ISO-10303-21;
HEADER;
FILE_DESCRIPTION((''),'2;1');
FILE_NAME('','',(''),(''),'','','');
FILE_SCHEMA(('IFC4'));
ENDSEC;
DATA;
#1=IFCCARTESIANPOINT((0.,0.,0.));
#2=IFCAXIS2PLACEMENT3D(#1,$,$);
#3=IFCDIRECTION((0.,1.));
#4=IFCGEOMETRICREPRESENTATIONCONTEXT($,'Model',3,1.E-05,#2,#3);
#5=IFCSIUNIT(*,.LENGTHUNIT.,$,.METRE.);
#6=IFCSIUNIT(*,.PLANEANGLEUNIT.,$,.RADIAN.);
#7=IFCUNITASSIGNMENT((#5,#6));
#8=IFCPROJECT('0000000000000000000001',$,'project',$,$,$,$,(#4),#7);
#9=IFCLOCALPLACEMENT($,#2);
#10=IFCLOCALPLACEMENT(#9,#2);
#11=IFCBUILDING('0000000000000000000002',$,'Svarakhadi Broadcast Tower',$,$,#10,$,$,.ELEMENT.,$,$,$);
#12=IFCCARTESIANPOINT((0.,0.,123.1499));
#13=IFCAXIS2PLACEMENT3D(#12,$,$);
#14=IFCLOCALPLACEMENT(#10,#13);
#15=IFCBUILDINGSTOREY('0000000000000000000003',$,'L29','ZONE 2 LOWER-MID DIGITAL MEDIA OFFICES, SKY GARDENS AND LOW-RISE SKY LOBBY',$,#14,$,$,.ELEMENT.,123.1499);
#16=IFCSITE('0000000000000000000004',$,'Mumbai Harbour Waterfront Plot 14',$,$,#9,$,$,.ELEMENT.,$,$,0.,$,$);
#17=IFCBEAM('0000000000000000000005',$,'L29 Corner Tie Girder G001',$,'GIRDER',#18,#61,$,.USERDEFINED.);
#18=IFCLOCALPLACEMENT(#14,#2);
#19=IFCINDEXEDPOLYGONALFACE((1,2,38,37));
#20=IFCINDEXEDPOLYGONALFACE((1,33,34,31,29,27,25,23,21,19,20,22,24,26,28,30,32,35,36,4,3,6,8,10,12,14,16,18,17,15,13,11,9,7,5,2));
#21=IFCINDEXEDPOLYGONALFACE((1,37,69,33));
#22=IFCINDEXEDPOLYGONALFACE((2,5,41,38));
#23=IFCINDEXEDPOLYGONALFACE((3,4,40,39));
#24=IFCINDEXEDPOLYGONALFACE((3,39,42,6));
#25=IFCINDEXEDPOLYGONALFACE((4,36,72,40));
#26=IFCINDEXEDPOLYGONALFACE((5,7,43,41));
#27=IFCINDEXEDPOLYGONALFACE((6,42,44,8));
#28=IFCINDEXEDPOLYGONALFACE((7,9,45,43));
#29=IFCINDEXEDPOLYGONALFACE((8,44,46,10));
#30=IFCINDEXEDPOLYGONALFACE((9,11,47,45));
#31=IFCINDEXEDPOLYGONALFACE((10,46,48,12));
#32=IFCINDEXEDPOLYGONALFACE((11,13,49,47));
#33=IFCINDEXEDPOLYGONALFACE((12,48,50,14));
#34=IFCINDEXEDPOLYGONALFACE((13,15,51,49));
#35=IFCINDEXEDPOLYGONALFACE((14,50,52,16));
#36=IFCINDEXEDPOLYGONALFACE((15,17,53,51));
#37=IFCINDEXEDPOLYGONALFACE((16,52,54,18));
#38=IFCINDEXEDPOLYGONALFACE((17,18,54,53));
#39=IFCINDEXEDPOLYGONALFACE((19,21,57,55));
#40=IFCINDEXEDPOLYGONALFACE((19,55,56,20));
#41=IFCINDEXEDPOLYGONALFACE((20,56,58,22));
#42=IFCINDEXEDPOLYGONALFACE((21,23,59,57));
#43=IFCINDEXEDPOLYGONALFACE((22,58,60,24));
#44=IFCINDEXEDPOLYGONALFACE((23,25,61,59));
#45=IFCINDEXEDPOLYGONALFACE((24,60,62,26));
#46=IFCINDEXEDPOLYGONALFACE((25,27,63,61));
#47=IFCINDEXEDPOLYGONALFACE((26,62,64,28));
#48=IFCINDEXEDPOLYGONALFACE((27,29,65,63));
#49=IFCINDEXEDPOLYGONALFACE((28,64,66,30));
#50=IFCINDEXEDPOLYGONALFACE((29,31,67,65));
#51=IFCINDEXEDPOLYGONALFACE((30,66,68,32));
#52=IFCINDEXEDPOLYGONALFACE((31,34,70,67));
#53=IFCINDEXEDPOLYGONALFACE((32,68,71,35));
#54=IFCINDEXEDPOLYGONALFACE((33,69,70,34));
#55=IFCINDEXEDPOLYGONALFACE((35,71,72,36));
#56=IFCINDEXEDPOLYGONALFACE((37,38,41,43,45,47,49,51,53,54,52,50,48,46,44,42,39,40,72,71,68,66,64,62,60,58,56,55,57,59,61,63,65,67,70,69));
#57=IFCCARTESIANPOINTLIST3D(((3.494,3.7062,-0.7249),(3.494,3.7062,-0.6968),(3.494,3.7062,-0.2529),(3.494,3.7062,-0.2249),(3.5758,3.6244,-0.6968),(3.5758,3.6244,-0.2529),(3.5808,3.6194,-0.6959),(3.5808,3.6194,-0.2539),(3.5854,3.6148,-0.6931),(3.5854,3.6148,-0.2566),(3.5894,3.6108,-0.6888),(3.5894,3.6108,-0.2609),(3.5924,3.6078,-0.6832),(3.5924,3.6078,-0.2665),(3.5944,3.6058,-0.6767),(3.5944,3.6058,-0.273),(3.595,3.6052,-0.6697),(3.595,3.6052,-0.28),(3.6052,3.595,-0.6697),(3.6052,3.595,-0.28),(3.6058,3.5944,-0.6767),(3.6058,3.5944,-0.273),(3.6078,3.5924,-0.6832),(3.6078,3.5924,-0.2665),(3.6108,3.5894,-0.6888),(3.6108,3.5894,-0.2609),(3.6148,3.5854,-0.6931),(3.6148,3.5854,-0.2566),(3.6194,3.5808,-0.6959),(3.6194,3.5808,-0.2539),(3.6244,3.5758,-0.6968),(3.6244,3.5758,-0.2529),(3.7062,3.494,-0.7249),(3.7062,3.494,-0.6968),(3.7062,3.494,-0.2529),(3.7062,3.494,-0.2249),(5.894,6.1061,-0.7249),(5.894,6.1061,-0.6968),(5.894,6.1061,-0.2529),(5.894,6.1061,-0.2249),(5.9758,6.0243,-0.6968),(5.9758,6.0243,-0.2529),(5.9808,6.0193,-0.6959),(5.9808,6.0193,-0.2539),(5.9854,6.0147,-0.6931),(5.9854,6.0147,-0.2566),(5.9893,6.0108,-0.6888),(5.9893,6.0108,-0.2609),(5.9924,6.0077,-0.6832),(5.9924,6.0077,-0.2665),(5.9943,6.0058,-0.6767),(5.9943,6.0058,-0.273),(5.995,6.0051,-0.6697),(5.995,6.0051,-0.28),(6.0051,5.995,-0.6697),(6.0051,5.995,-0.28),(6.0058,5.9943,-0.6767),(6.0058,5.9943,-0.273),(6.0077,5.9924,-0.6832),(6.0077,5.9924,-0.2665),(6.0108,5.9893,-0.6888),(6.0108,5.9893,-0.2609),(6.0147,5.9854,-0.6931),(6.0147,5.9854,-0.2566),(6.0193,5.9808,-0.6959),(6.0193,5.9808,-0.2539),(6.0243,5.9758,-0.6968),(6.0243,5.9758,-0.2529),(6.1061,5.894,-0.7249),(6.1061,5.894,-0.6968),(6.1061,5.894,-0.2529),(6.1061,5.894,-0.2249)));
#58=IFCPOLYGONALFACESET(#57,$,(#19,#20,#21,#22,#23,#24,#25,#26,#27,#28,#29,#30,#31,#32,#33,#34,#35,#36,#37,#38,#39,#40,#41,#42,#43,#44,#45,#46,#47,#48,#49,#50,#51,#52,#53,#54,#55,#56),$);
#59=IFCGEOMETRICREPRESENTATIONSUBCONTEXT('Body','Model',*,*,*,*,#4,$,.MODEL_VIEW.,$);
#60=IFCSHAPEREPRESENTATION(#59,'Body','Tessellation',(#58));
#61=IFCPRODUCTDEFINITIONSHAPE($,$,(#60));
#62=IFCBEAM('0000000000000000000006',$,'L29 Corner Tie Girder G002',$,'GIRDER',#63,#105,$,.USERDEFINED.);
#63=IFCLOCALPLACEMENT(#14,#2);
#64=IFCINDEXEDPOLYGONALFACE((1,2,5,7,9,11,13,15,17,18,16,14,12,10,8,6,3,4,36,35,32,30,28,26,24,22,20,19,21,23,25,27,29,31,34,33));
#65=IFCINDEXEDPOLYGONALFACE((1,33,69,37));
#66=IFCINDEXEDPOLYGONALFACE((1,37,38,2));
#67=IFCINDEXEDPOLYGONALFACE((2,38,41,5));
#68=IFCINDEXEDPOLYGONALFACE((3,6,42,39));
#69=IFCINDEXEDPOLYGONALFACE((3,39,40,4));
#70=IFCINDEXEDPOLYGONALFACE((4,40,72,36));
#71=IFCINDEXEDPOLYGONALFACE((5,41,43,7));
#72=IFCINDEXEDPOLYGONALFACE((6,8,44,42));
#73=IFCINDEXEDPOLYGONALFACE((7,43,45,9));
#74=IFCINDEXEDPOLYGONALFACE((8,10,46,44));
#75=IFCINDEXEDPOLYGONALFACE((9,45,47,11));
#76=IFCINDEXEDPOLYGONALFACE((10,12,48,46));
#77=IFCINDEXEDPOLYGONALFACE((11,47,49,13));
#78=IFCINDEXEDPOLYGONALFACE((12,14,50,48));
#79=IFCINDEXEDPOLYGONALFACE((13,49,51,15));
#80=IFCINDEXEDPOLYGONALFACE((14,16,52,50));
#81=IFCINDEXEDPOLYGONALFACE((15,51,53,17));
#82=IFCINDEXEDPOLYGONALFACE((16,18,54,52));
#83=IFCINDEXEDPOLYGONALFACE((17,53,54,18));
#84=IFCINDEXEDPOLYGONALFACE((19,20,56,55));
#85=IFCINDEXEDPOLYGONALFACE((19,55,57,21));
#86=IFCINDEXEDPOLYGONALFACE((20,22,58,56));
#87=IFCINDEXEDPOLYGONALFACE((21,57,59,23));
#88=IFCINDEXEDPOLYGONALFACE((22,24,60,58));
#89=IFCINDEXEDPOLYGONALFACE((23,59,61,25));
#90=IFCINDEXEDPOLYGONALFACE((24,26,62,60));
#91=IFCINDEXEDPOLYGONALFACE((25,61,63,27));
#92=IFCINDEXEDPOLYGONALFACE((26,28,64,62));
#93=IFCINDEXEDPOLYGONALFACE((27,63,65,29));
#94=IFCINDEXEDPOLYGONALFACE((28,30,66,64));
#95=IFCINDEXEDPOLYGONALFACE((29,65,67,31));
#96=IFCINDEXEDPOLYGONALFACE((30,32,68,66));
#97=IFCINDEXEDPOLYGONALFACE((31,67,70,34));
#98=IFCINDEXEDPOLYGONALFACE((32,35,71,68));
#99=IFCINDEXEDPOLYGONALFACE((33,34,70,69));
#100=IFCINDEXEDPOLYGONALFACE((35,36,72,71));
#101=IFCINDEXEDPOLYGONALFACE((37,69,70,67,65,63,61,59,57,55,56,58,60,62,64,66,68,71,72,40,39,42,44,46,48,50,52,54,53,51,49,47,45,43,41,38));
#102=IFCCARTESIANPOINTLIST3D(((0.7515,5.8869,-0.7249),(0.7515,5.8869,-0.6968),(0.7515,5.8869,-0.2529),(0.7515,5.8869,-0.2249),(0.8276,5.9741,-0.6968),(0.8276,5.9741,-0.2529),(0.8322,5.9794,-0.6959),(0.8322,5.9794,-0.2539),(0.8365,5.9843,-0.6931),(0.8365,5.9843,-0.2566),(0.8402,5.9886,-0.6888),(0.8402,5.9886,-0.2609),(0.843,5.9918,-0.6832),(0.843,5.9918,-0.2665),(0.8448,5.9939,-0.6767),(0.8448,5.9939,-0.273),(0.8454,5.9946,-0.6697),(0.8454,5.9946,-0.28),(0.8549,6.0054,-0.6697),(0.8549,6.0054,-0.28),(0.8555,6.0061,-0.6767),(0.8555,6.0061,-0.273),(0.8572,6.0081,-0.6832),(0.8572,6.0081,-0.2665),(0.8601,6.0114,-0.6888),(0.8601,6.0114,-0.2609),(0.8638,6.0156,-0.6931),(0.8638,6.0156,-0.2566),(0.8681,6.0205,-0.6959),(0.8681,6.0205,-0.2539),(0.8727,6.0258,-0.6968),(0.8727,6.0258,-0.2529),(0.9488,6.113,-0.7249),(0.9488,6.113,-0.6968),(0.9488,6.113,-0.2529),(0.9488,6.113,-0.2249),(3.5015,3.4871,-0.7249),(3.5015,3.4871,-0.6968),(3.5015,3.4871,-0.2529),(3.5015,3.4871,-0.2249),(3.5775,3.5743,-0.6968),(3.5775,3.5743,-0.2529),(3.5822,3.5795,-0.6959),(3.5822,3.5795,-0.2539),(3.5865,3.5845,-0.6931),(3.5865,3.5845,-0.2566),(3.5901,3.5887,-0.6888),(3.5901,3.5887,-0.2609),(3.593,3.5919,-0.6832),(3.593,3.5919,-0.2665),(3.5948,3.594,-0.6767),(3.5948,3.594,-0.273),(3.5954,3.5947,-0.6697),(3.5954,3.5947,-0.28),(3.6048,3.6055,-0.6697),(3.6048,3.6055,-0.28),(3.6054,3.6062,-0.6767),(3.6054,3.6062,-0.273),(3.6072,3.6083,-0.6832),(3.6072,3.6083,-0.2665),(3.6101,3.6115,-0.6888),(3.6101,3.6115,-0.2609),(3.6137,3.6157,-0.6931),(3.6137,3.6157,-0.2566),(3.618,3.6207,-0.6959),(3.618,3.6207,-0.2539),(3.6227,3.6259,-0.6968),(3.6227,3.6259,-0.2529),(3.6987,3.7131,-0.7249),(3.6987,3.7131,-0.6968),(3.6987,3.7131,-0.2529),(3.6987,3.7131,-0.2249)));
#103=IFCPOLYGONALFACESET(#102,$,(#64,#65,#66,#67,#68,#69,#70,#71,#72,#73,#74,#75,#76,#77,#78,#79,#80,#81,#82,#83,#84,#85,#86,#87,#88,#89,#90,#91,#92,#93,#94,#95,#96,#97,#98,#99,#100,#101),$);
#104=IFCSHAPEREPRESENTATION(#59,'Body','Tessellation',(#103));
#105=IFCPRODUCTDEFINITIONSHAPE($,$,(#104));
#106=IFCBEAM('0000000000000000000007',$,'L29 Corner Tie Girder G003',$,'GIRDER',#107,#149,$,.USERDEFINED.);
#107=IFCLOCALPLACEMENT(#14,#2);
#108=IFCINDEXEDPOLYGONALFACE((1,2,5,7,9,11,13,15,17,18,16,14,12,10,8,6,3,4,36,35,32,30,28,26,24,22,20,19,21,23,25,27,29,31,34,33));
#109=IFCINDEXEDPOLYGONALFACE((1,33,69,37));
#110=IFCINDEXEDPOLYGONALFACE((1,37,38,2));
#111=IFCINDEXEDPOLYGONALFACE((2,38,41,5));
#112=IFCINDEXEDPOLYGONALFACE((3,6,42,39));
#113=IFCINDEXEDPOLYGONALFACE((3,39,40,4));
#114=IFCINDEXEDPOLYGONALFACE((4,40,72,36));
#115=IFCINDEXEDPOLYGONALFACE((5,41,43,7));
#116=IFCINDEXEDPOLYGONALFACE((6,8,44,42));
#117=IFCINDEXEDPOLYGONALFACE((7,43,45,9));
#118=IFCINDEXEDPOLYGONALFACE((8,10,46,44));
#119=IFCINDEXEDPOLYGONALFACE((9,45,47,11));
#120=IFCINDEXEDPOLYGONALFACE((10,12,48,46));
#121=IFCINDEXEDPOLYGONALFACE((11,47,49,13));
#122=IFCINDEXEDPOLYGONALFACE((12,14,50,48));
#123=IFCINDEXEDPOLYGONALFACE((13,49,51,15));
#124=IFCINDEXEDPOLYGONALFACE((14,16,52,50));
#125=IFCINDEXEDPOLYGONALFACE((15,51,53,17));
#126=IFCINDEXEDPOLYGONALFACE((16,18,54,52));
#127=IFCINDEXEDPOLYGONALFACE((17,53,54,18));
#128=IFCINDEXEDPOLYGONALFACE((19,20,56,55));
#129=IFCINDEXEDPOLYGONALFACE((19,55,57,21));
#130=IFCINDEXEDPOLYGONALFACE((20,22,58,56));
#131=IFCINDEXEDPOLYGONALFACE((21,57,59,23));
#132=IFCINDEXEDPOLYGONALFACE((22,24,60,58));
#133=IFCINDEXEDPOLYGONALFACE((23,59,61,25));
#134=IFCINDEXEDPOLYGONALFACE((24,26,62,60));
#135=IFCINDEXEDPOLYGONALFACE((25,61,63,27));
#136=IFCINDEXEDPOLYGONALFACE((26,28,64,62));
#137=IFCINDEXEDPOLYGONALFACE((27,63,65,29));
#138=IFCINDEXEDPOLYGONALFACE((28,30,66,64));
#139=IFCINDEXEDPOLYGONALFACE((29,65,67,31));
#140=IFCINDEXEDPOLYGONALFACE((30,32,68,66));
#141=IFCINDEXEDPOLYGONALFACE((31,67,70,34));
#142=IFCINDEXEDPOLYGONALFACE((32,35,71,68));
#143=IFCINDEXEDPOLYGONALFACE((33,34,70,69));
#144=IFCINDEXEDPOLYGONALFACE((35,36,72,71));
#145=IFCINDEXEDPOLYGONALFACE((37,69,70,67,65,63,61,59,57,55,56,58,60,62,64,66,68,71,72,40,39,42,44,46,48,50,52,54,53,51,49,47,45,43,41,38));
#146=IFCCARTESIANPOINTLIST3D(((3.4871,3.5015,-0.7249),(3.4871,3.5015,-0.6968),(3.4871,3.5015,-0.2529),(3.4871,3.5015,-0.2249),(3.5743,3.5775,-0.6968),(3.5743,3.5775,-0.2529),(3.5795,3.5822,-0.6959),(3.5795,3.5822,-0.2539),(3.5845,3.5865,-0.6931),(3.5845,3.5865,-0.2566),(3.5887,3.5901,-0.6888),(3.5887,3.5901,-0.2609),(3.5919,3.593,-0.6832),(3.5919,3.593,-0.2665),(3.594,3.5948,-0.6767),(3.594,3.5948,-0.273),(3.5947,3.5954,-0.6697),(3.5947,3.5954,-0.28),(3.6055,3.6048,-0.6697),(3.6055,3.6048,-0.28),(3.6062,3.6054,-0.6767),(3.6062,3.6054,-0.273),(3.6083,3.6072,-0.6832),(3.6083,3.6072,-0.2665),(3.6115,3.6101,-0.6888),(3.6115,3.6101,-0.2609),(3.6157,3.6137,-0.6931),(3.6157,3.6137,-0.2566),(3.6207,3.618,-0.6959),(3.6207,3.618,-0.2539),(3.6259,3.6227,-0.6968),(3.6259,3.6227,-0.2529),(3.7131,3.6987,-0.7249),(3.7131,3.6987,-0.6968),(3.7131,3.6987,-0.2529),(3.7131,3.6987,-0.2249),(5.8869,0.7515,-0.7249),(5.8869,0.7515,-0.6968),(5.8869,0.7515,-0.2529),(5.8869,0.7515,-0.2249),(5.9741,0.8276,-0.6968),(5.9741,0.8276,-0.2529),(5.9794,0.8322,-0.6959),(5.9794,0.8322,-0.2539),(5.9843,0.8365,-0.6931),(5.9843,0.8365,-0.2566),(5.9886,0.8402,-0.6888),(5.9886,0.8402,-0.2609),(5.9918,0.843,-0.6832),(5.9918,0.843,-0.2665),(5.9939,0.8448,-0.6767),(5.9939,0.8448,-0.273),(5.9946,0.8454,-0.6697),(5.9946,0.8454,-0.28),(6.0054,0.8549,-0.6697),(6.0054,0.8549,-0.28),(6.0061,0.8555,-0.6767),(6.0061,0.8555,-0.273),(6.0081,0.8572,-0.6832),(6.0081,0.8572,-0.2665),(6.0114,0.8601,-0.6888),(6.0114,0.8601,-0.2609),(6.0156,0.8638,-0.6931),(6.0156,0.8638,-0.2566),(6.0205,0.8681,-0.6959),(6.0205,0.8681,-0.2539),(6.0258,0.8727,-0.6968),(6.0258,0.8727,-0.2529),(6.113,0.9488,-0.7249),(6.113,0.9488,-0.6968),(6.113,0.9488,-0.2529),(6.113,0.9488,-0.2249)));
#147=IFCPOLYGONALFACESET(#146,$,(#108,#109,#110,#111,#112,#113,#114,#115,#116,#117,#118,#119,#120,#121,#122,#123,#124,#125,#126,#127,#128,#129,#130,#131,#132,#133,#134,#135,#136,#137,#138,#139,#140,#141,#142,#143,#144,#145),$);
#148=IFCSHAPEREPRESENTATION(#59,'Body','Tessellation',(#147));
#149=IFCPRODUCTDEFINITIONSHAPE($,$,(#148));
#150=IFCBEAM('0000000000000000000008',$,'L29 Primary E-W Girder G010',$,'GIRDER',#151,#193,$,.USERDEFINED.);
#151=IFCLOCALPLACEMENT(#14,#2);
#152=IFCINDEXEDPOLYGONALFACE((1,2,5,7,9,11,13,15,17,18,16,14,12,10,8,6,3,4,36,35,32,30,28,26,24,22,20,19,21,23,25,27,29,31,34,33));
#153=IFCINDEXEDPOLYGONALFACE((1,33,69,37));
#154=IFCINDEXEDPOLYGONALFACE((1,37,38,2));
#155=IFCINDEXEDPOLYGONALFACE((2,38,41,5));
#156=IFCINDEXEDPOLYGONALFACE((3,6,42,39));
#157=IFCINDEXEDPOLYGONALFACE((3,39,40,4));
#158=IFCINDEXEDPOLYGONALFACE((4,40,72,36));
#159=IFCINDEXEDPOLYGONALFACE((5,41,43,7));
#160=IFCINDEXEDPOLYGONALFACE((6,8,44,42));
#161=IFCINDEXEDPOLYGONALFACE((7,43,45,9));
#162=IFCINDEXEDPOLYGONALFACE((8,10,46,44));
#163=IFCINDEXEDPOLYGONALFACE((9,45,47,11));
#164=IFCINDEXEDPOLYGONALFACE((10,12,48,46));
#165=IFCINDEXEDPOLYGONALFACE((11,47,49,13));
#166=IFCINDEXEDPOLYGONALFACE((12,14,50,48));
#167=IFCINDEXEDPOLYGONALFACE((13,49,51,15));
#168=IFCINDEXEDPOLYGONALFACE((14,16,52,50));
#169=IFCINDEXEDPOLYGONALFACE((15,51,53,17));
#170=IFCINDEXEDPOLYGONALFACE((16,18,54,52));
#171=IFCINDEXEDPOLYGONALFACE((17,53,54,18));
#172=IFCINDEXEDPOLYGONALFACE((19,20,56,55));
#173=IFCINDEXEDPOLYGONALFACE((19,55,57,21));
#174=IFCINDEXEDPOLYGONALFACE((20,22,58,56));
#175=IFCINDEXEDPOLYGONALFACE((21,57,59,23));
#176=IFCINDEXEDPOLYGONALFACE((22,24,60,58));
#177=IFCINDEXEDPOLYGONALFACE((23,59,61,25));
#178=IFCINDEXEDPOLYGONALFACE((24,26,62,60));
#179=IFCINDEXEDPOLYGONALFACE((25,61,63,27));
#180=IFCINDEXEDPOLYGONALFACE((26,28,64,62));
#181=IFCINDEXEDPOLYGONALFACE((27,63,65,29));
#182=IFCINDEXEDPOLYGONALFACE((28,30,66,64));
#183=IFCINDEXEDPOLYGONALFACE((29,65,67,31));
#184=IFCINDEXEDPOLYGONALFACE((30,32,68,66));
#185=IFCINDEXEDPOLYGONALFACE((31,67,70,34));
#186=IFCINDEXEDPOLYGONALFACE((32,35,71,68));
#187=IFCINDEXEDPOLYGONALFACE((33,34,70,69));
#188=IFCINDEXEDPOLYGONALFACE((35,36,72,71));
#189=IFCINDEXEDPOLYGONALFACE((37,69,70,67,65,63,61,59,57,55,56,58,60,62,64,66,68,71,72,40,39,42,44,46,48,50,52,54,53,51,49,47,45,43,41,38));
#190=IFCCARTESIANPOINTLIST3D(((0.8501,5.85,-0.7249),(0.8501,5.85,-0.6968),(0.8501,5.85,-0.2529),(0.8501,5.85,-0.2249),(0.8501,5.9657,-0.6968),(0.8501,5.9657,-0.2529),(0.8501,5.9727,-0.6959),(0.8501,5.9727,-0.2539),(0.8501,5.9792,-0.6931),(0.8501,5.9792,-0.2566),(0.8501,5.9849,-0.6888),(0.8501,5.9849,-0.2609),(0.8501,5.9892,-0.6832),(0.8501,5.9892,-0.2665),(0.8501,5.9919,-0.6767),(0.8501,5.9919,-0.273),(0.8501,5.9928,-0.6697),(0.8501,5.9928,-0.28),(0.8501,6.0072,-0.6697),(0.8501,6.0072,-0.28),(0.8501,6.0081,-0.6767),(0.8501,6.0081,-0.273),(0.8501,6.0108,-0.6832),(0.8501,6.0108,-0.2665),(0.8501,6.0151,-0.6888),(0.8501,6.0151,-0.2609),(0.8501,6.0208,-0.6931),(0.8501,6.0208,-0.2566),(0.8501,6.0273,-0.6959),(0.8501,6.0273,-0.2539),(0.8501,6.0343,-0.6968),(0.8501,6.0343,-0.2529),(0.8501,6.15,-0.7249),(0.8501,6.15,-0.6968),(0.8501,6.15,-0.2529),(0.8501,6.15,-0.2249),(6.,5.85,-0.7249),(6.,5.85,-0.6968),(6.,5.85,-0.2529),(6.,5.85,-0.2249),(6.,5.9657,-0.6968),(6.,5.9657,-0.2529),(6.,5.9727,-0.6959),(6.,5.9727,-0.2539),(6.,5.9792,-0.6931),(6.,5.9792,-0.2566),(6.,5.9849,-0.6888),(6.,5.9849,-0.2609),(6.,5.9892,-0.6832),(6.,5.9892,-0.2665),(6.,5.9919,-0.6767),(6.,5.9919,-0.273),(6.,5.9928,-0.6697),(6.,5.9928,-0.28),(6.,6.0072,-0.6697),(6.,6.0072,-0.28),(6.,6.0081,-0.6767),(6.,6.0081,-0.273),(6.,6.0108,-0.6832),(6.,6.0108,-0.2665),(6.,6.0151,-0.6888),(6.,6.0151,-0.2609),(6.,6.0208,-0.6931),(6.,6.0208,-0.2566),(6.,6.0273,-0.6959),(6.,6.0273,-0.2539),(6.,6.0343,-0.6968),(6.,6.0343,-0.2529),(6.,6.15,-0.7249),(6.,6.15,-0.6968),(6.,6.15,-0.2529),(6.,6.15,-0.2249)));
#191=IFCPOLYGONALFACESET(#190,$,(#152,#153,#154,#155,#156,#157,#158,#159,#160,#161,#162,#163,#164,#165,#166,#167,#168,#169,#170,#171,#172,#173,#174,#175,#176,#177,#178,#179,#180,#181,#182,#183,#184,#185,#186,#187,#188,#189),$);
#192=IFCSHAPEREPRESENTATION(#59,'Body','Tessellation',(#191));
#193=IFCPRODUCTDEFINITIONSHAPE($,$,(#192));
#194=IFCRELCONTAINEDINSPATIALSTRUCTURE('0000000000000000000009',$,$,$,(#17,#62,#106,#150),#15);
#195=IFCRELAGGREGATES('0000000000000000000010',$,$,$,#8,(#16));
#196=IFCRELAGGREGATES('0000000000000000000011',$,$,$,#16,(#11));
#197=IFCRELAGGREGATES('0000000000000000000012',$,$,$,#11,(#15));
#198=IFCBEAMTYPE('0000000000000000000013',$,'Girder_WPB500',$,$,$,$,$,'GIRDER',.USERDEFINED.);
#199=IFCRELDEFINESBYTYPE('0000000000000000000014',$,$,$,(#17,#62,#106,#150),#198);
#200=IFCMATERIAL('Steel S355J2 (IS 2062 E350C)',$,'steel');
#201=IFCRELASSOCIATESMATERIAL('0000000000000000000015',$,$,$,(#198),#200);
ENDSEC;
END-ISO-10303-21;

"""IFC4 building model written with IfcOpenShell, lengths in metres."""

from ifc_helpers import new_model, si_unit, direction, frame, origin, origin_2d, place, context, subcontext, project, spatial, i_section, extrude, material, material_profile, profile_set, type_object, element, save


model = new_model("IFC4")

# Units and contexts
model_context = context("Model", 3, precision=1e-05, world=origin(), true_north=direction((0.0, 1.0)))
body_context = subcontext(model_context, "Body", "Model", "MODEL_VIEW")
ifc_project = project(units=[si_unit("LENGTHUNIT", "METRE"), si_unit("PLANEANGLEUNIT", "RADIAN")], contexts=[model_context])

# Site, building, storey
site_placement = place(None, origin())
site = spatial("IfcSite", under=ifc_project, at=site_placement, Name="Mumbai Harbour Waterfront Plot 14", CompositionType="ELEMENT", RefElevation=0.0)
building_placement = place(site_placement, origin())
building = spatial("IfcBuilding", under=site, at=building_placement, Name="Svarakhadi Broadcast Tower", CompositionType="ELEMENT")
storey_placement = place(building_placement, frame((0.0, 0.0, 123.1499)))
storey = spatial("IfcBuildingStorey", under=building, at=storey_placement, Name="L29", Description="ZONE 2 LOWER-MID DIGITAL MEDIA OFFICES, SKY GARDENS AND LOW-RISE SKY LOBBY", CompositionType="ELEMENT", Elevation=123.1499)

# Beams
ifc_material_1 = material(Name="Steel S355J2 (IS 2062 E350C)", Category="steel")
ifc_material_profile_1 = material_profile(ifc_material_1, i_section(OverallWidth=0.3, OverallDepth=0.5, WebThickness=0.0144, FlangeThickness=0.0281, FilletRadius=0.0271, at=origin_2d()), Name="WPB 500x300x187")
ifc_profile_set_1 = profile_set([ifc_material_profile_1], Name="Steel S355J2 (IS 2062 E350C)")
beam_type = type_object("IfcBeamType", Name="Girder_WPB500", ElementType="GIRDER", PredefinedType="USERDEFINED", material=ifc_profile_set_1)
beam_1_placement = place(storey_placement, frame((3.6001, 3.6001, -0.4749), z_axis=(0.707107, 0.707107, 0.0), x_axis=(-0.707107, 0.707107, 0.0)))
element("IfcBeam", 1, at=beam_1_placement, inside=storey, type_object=beam_type, Name="L29 Corner Tie Girder G001", ObjectType="GIRDER", PredefinedType="USERDEFINED", context=body_context, shape_type="SweptSolid", body=[
    extrude(i_section(OverallWidth=0.3, OverallDepth=0.5, WebThickness=0.0144, FlangeThickness=0.0281, FilletRadius=0.0271, at=origin_2d()), origin(), (0.0, 0.0, 1.0), 3.394),
])
for number, where, z_axis, x_axis, name in (
    (2, (3.6001, 3.6001, -0.4749), (-0.753438, 0.657519, 0.0), (-0.657519, -0.753438, 0.0), "L29 Corner Tie Girder G002"),
    (3, (3.6001, 3.6001, -0.4749), (0.657519, -0.753438, 0.0), (0.753438, 0.657519, 0.0), "L29 Corner Tie Girder G003"),
):
    element("IfcBeam", number, at=place(storey_placement, frame(where, z_axis=z_axis, x_axis=x_axis)), inside=storey, type_object=beam_type, Name=name, ObjectType="GIRDER", PredefinedType="USERDEFINED", context=body_context, shape_type="SweptSolid", body=[
        extrude(i_section(OverallWidth=0.3, OverallDepth=0.5, WebThickness=0.0144, FlangeThickness=0.0281, FilletRadius=0.0271, at=origin_2d()), origin(), (0.0, 0.0, 1.0), 3.6499),
    ])
beam_2_placement = place(storey_placement, frame((0.8501, 6.0, -0.4749), z_axis=(1.0, 0.0, 0.0), x_axis=(0.0, 1.0, 0.0)))
element("IfcBeam", 4, at=beam_2_placement, inside=storey, type_object=beam_type, Name="L29 Primary E-W Girder G010", ObjectType="GIRDER", PredefinedType="USERDEFINED", context=body_context, shape_type="SweptSolid", body=[
    extrude(i_section(OverallWidth=0.3, OverallDepth=0.5, WebThickness=0.0144, FlangeThickness=0.0281, FilletRadius=0.0271, at=origin_2d()), origin(), (0.0, 0.0, 1.0), 5.1499),
])

save(model, "model.ifc")
